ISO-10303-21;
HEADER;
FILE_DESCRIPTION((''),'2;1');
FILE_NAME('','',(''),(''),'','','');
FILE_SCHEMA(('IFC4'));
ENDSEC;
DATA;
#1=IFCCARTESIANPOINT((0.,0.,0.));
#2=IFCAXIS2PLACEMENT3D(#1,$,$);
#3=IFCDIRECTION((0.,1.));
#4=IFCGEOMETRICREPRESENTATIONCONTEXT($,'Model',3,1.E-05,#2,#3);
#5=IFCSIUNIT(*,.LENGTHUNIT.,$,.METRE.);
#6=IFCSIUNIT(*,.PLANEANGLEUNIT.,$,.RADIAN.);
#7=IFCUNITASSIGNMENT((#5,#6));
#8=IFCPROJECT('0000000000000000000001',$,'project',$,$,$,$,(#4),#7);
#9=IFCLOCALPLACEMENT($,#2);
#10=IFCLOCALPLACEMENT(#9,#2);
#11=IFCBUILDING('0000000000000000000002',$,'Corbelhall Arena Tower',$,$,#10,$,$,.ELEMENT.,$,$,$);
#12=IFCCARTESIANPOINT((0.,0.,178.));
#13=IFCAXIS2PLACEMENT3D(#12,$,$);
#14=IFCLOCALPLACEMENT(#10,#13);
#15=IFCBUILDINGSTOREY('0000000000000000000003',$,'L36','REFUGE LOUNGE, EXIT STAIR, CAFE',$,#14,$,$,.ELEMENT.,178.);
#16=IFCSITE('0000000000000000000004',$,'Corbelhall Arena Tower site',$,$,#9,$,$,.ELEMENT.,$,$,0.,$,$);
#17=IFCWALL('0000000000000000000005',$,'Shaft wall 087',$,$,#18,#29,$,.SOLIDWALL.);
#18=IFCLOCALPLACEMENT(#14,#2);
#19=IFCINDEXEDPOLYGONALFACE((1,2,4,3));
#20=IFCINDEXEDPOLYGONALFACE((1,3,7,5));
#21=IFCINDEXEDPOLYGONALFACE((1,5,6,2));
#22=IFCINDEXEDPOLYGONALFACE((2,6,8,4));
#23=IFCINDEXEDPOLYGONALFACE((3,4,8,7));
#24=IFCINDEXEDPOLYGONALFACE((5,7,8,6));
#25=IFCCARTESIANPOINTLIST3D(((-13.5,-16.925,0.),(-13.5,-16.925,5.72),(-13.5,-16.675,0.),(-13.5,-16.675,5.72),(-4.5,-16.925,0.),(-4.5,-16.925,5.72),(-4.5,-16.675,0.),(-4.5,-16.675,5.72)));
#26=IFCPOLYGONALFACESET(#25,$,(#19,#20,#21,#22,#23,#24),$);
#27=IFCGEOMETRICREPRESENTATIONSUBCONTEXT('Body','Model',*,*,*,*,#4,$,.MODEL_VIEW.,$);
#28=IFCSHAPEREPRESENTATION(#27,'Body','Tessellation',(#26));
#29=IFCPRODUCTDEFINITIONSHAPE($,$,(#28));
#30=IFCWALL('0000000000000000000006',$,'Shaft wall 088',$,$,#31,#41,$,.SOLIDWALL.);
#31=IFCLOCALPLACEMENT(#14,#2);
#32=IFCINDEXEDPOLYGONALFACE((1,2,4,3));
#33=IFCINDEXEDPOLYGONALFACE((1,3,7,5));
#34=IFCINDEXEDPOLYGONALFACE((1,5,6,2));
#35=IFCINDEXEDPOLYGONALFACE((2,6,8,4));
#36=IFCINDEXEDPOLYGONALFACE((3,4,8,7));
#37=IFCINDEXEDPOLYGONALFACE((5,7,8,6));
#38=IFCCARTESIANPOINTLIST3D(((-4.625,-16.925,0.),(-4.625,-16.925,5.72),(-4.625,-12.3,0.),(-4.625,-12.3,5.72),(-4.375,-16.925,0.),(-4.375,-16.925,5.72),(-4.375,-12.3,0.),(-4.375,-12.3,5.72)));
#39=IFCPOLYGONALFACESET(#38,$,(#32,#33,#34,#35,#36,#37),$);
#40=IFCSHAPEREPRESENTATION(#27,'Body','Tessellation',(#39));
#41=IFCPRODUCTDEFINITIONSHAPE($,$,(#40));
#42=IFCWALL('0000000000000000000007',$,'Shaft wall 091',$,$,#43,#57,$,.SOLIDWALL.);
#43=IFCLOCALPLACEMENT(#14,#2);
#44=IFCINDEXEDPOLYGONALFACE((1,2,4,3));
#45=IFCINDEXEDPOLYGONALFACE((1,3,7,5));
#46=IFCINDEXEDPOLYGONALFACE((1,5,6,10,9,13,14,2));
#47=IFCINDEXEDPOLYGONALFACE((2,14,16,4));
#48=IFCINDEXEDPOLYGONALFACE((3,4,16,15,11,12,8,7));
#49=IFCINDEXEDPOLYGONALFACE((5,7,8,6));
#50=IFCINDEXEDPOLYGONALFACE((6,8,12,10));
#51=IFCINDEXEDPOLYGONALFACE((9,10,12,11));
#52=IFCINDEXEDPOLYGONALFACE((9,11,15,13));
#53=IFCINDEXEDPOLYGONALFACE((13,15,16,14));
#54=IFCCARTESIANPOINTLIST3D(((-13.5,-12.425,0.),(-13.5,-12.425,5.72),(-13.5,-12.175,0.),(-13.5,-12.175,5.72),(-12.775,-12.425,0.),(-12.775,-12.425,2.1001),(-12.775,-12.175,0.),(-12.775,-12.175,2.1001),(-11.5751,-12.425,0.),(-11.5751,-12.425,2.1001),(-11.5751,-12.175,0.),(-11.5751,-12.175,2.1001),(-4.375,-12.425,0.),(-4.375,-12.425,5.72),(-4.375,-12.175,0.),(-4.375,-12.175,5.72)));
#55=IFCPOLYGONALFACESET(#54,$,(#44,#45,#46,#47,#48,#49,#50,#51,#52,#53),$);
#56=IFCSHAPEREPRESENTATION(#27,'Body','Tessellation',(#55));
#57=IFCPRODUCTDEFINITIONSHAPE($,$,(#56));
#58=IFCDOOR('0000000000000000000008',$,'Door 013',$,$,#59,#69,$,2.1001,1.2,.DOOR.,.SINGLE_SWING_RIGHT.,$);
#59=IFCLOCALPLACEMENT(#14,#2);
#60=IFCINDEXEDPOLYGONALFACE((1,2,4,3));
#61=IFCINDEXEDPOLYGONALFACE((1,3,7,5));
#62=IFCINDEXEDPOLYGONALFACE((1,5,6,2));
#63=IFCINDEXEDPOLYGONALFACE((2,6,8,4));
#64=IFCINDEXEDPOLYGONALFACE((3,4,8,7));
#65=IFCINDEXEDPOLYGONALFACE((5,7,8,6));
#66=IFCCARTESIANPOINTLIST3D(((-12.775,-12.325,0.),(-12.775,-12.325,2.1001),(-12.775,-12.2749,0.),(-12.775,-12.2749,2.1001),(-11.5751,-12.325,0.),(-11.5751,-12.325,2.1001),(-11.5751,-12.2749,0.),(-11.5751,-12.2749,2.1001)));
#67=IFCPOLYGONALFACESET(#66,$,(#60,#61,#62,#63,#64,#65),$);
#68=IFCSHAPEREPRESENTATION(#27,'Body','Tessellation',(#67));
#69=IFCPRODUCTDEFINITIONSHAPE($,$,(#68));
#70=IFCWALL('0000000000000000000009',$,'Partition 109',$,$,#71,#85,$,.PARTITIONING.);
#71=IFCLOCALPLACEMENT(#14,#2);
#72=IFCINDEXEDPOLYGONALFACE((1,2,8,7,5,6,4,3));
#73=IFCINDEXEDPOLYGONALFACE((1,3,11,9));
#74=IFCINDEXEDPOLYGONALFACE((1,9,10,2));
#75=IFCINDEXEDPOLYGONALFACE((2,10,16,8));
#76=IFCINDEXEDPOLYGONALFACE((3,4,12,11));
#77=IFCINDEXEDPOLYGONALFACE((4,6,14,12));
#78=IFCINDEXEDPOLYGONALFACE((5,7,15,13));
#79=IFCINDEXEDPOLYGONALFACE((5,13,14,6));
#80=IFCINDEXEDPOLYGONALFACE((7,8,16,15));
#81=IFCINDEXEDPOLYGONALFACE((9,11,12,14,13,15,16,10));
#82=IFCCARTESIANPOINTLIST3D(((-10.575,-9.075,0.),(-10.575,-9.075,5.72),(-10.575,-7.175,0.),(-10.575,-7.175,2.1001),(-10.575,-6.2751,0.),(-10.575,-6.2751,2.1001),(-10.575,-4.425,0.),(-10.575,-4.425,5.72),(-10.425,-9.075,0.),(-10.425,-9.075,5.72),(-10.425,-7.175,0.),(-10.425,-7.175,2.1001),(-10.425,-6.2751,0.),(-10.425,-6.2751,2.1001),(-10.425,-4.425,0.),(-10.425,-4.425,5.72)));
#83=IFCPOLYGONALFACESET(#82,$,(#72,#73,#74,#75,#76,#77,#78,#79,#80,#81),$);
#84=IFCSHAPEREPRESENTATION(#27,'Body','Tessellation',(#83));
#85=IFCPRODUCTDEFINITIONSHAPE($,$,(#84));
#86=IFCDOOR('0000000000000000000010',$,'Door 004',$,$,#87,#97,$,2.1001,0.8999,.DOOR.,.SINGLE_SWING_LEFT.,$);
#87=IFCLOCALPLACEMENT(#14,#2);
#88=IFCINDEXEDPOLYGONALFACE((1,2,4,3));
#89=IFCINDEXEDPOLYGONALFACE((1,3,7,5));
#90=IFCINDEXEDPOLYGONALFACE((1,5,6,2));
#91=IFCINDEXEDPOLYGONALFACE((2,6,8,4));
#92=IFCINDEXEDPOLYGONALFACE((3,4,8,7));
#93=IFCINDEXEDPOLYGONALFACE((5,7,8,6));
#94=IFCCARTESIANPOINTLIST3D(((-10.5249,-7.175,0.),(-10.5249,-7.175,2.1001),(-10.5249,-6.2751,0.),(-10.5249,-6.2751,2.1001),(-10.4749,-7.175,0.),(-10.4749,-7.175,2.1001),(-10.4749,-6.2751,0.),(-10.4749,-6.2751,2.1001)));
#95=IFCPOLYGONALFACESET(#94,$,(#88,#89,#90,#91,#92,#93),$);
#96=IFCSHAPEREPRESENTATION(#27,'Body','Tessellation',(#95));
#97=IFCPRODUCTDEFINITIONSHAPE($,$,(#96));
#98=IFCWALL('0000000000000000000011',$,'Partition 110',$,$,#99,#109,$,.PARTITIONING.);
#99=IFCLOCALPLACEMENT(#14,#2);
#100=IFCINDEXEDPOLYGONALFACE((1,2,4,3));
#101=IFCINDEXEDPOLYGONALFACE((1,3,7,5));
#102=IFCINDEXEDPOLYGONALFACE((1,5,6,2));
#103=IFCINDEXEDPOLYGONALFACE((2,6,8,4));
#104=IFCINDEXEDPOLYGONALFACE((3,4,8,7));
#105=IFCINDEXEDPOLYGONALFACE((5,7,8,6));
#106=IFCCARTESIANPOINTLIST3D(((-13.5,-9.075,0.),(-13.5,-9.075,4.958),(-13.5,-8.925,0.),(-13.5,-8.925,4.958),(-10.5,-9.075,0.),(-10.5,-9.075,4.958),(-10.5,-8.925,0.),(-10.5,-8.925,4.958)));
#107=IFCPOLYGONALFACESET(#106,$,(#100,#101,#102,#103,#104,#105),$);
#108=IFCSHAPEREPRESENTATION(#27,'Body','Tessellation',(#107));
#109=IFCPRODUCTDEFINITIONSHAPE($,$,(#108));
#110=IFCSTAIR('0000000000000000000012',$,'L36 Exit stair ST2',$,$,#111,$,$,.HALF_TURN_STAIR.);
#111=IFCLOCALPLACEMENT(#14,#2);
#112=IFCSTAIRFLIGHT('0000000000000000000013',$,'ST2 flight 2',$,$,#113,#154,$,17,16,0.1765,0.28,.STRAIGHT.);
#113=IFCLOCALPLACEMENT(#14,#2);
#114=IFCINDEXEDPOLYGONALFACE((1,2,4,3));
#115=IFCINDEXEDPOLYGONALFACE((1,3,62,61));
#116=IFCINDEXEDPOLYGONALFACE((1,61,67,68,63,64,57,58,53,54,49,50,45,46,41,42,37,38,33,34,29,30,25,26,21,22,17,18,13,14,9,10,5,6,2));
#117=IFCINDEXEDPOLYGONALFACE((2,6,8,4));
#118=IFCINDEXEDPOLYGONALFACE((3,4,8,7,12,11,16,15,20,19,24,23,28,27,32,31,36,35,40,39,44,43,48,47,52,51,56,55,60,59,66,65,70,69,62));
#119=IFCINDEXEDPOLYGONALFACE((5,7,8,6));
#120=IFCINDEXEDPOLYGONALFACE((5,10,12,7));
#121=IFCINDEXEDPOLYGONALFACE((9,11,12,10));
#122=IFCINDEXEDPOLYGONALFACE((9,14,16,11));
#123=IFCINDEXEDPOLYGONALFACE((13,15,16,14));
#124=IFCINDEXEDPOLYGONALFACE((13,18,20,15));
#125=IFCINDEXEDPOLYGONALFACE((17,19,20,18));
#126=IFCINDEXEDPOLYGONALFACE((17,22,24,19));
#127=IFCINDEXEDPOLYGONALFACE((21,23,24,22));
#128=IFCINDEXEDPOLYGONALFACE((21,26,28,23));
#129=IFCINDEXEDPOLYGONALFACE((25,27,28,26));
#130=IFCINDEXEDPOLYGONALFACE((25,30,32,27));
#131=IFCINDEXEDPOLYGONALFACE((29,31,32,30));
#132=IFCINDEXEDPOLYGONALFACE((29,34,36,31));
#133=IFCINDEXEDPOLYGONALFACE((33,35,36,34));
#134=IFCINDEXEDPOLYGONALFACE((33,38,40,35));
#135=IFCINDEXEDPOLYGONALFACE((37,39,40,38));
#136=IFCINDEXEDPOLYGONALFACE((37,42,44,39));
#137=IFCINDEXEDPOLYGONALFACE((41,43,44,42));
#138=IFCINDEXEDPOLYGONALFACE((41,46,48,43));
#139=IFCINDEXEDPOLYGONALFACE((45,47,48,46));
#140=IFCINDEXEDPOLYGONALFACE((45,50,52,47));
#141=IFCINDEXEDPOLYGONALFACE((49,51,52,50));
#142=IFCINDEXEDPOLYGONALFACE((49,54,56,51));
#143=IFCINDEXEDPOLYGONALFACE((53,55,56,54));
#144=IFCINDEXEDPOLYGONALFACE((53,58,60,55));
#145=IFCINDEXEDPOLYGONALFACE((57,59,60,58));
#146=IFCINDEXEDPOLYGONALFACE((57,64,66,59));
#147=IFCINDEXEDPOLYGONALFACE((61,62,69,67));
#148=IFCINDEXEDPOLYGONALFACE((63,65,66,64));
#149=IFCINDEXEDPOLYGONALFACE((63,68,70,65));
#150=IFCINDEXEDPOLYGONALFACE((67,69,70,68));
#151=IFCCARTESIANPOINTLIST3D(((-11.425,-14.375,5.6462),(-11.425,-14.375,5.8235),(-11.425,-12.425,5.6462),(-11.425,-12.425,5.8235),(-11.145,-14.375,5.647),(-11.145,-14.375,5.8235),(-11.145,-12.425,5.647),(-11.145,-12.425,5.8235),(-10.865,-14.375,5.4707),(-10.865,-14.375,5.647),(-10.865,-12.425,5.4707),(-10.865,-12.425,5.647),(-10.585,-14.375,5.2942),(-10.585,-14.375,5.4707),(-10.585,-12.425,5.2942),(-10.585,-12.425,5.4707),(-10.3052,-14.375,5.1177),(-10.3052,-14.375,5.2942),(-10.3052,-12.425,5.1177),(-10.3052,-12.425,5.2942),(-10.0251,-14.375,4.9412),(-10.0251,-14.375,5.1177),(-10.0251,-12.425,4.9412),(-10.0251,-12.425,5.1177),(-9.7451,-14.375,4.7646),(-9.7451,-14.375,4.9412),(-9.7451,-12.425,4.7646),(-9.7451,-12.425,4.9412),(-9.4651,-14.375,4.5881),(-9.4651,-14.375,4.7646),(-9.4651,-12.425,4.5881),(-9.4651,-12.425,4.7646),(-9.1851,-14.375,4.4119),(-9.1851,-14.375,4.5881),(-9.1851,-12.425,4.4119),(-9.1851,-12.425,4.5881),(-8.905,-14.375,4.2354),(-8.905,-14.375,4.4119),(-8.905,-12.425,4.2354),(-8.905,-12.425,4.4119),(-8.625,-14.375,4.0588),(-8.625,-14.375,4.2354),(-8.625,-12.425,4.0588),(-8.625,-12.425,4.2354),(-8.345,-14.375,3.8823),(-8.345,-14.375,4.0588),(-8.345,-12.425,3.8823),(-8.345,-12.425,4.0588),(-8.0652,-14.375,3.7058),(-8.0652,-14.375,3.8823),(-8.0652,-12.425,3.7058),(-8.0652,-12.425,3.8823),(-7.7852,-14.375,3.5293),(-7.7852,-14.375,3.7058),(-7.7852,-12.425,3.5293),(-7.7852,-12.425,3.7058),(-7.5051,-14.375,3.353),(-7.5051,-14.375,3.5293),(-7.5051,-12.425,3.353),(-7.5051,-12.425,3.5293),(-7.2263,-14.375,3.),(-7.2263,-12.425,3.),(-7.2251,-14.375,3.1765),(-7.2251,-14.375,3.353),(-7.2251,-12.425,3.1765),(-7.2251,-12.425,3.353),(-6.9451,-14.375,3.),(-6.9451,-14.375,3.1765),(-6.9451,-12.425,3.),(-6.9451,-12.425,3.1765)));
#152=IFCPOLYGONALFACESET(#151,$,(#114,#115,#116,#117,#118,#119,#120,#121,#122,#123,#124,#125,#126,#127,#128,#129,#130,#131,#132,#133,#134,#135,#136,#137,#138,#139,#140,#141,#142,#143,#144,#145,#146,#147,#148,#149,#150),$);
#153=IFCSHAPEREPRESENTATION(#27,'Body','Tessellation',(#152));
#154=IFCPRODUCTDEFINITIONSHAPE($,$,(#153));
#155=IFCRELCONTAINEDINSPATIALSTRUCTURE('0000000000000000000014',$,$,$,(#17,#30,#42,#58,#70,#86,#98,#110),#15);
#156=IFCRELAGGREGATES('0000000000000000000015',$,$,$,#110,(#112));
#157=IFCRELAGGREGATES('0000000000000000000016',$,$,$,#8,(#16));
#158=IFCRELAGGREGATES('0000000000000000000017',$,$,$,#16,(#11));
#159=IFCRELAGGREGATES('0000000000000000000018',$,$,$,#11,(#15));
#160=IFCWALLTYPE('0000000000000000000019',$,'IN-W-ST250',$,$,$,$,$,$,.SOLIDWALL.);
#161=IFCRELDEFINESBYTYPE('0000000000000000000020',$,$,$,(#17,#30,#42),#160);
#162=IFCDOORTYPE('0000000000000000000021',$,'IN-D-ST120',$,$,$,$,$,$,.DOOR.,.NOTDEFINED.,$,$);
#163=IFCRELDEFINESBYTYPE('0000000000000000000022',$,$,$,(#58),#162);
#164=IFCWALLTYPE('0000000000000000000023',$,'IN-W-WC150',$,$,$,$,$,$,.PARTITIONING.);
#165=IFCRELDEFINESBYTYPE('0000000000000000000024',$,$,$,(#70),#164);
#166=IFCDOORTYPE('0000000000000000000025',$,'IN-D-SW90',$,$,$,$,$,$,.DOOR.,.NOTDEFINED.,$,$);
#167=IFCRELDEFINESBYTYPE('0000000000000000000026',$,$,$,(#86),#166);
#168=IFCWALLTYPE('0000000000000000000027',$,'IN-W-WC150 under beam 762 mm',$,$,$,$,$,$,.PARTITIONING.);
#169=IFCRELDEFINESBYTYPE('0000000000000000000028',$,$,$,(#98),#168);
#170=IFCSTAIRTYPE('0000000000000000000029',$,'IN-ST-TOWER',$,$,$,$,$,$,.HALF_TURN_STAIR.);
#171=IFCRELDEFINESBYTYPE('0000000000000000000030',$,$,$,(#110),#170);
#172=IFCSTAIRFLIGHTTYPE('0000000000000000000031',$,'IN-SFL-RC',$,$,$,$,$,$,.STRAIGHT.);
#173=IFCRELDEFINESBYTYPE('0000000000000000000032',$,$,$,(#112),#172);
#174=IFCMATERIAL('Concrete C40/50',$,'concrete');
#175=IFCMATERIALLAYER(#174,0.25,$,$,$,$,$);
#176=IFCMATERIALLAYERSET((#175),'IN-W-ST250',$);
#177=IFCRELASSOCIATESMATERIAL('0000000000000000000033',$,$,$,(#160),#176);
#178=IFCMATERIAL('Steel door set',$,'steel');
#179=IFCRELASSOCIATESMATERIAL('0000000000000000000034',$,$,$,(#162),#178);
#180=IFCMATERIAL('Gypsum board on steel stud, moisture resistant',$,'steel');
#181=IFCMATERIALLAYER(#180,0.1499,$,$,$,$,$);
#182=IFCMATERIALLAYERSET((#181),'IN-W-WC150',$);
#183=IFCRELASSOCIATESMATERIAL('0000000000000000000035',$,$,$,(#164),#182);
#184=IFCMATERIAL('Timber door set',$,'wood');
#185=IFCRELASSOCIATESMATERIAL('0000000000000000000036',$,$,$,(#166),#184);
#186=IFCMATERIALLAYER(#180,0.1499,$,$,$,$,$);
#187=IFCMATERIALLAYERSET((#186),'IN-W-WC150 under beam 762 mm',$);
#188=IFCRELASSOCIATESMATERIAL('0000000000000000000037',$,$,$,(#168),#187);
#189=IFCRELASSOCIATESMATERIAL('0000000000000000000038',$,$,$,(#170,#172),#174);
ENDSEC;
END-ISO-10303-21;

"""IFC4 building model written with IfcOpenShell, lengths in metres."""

from ifc_helpers import new_model, si_unit, direction, frame, frame_2d, origin, place, context, subcontext, project, spatial, polyline, rectangle, outline, extrude, material, layer, layer_set, type_object, element, fill, aggregate, save


model = new_model("IFC4")

# Units and contexts
model_context = context("Model", 3, precision=1e-05, world=origin(), true_north=direction((0.0, 1.0)))
body_context = subcontext(model_context, "Body", "Model", "MODEL_VIEW")
ifc_project = project(units=[si_unit("LENGTHUNIT", "METRE"), si_unit("PLANEANGLEUNIT", "RADIAN")], contexts=[model_context])

# Site, building, storey
site_placement = place(None, origin())
site = spatial("IfcSite", under=ifc_project, at=site_placement, Name="Corbelhall Arena Tower site", CompositionType="ELEMENT", RefElevation=0.0)
building_placement = place(site_placement, origin())
building = spatial("IfcBuilding", under=site, at=building_placement, Name="Corbelhall Arena Tower", CompositionType="ELEMENT")
storey_placement = place(building_placement, frame((0.0, 0.0, 178.0)))
storey = spatial("IfcBuildingStorey", under=building, at=storey_placement, Name="L36", Description="REFUGE LOUNGE, EXIT STAIR, CAFE", CompositionType="ELEMENT", Elevation=178.0)

# Shared definitions
ifc_material_1 = material(Name="Steel door set", Category="steel")

# Shared definitions
ifc_material_2 = material(Name="Concrete C40/50", Category="concrete")

# Walls
ifc_layer_1 = layer(ifc_material_2, 0.25)
ifc_layer_set_1 = layer_set([ifc_layer_1], Name="IN-W-ST250")
wall_type_1 = type_object("IfcWallType", Name="IN-W-ST250", PredefinedType="SOLIDWALL", material=ifc_layer_set_1)
wall_1_placement = place(storey_placement, frame((-4.5, -16.8, 0.0), z_axis=(0.0, 0.0, 1.0), x_axis=(-1.0, 0.0, 0.0)))
element("IfcWall", 1, at=wall_1_placement, inside=storey, type_object=wall_type_1, Name="Shaft wall 087", PredefinedType="SOLIDWALL", context=body_context, shape_type="SweptSolid", body=[
    extrude(rectangle(XDim=9.0, YDim=0.25, at=frame_2d((4.5, 0.0))), origin(), (0.0, 0.0, 1.0), 5.72),
])
wall_2_placement = place(storey_placement, frame((-4.5, -12.3, 0.0), z_axis=(0.0, 0.0, 1.0), x_axis=(0.0, -1.0, 0.0)))
element("IfcWall", 2, at=wall_2_placement, inside=storey, type_object=wall_type_1, Name="Shaft wall 088", PredefinedType="SOLIDWALL", context=body_context, shape_type="SweptSolid", body=[
    extrude(rectangle(XDim=4.625, YDim=0.25, at=frame_2d((2.3125, 0.0))), origin(), (0.0, 0.0, 1.0), 5.72),
])

# Walls, openings, doors
wall_3_placement = place(storey_placement, frame((-4.375, -12.3, 0.0), z_axis=(0.0, 0.0, 1.0), x_axis=(-1.0, 0.0, 0.0)))
wall_3 = element("IfcWall", 3, at=wall_3_placement, inside=storey, type_object=wall_type_1, Name="Shaft wall 091", PredefinedType="SOLIDWALL", context=body_context, shape_type="SweptSolid", body=[
    extrude(rectangle(XDim=9.125, YDim=0.25, at=frame_2d((4.5625, 0.0))), origin(), (0.0, 0.0, 1.0), 5.72),
])
opening_1_placement = place(wall_3_placement, frame((7.2, 0.0, 0.0)))
opening_1 = element("IfcOpeningElement", 4, at=opening_1_placement, cuts=wall_3, PredefinedType="OPENING", context=body_context, shape_type="SweptSolid", body=[
    extrude(rectangle(XDim=1.2, YDim=2.1001, at=frame_2d((0.6001, 1.05))), frame((0.0, 0.125, 0.0), z_axis=(0.0, -1.0, 0.0), x_axis=(1.0, 0.0, 0.0)), (0.0, 0.0, 1.0), 0.25),
])
door_type_1 = type_object("IfcDoorType", Name="IN-D-ST120", OperationType="NOTDEFINED", PredefinedType="DOOR", material=ifc_material_1)
door_1_placement = place(opening_1_placement, origin())
door_1 = element("IfcDoor", 5, at=door_1_placement, inside=storey, type_object=door_type_1, Name="Door 013", OperationType="SINGLE_SWING_RIGHT", OverallHeight=2.1001, OverallWidth=1.2, PredefinedType="DOOR", context=body_context, shape_type="SweptSolid", body=[
    extrude(rectangle(XDim=1.2, YDim=2.1001, at=frame_2d((0.6001, 1.05))), frame((0.0, 0.0249, 0.0), z_axis=(0.0, -1.0, 0.0), x_axis=(1.0, 0.0, 0.0)), (0.0, 0.0, 1.0), 0.05),
])
fill(opening_1, door_1)
ifc_material_3 = material(Name="Gypsum board on steel stud, moisture resistant", Category="steel")
ifc_layer_2 = layer(ifc_material_3, 0.1499)
ifc_layer_set_2 = layer_set([ifc_layer_2], Name="IN-W-WC150")
wall_type_2 = type_object("IfcWallType", Name="IN-W-WC150", PredefinedType="PARTITIONING", material=ifc_layer_set_2)
wall_4_placement = place(storey_placement, frame((-10.5, -9.075, 0.0), z_axis=(0.0, 0.0, 1.0), x_axis=(0.0, 1.0, 0.0)))
wall_4 = element("IfcWall", 6, at=wall_4_placement, inside=storey, type_object=wall_type_2, Name="Partition 109", PredefinedType="PARTITIONING", context=body_context, shape_type="SweptSolid", body=[
    extrude(rectangle(XDim=4.6499, YDim=0.1499, at=frame_2d((2.325, 0.0))), origin(), (0.0, 0.0, 1.0), 5.72),
])
opening_2_placement = place(wall_4_placement, frame((1.8999, 0.0, 0.0)))
opening_2 = element("IfcOpeningElement", 7, at=opening_2_placement, cuts=wall_4, PredefinedType="OPENING", context=body_context, shape_type="SweptSolid", body=[
    extrude(rectangle(XDim=0.8999, YDim=2.1001, at=frame_2d((0.45, 1.05))), frame((0.0, 0.075, 0.0), z_axis=(0.0, -1.0, 0.0), x_axis=(1.0, 0.0, 0.0)), (0.0, 0.0, 1.0), 0.1499),
])
ifc_material_4 = material(Name="Timber door set", Category="wood")
door_type_2 = type_object("IfcDoorType", Name="IN-D-SW90", OperationType="NOTDEFINED", PredefinedType="DOOR", material=ifc_material_4)
door_2_placement = place(opening_2_placement, origin())
door_2 = element("IfcDoor", 8, at=door_2_placement, inside=storey, type_object=door_type_2, Name="Door 004", OperationType="SINGLE_SWING_LEFT", OverallHeight=2.1001, OverallWidth=0.8999, PredefinedType="DOOR", context=body_context, shape_type="SweptSolid", body=[
    extrude(rectangle(XDim=0.8999, YDim=2.1001, at=frame_2d((0.45, 1.05))), frame((0.0, 0.0249, 0.0), z_axis=(0.0, -1.0, 0.0), x_axis=(1.0, 0.0, 0.0)), (0.0, 0.0, 1.0), 0.05),
])
fill(opening_2, door_2)

# Wall
ifc_layer_3 = layer(ifc_material_3, 0.1499)
ifc_layer_set_3 = layer_set([ifc_layer_3], Name="IN-W-WC150 under beam 762 mm")
wall_type_3 = type_object("IfcWallType", Name="IN-W-WC150 under beam 762 mm", PredefinedType="PARTITIONING", material=ifc_layer_set_3)
wall_5_placement = place(storey_placement, frame((-10.5, -9.0, 0.0), z_axis=(0.0, 0.0, 1.0), x_axis=(-1.0, 0.0, 0.0)))
element("IfcWall", 9, at=wall_5_placement, inside=storey, type_object=wall_type_3, Name="Partition 110", PredefinedType="PARTITIONING", context=body_context, shape_type="SweptSolid", body=[
    extrude(rectangle(XDim=3.0, YDim=0.1499, at=frame_2d((1.5, 0.0))), origin(), (0.0, 0.0, 1.0), 4.958),
])

# Stair, stair flight
stair_type = type_object("IfcStairType", Name="IN-ST-TOWER", PredefinedType="HALF_TURN_STAIR", material=ifc_material_2)
stair_placement = place(storey_placement, origin())
stair = element("IfcStair", 10, at=stair_placement, inside=storey, type_object=stair_type, Name="L36 Exit stair ST2", PredefinedType="HALF_TURN_STAIR")
stair_flight_type = type_object("IfcStairFlightType", Name="IN-SFL-RC", PredefinedType="STRAIGHT", material=ifc_material_2)
stair_flight_placement = place(storey_placement, frame((-6.9451, -13.3999, 3.0), z_axis=(0.0, 0.0, 1.0), x_axis=(-1.0, 0.0, 0.0)))
stair_flight = element("IfcStairFlight", 11, at=stair_flight_placement, type_object=stair_flight_type, Name="ST2 flight 2", NumberOfRisers=17, NumberOfTreads=16, PredefinedType="STRAIGHT", RiserHeight=0.1765, TreadLength=0.28, context=body_context, shape_type="SweptSolid", body=[
    extrude(outline(polyline([(0.0, 0.0), (0.0, 0.1765), (0.28, 0.1765), (0.28, 0.353), (0.5601, 0.353), (0.5601, 0.5293), (0.8401, 0.5293), (0.8401, 0.7058), (1.1201, 0.7058), (1.1201, 0.8823), (1.3999, 0.8823), (1.3999, 1.0588), (1.6799, 1.0588), (1.6799, 1.2354), (1.96, 1.2354), (1.96, 1.4119), (2.24, 1.4119), (2.24, 1.5881), (2.52, 1.5881), (2.52, 1.7646), (2.8, 1.7646), (2.8, 1.9412), (3.0801, 1.9412), (3.0801, 2.1177), (3.3601, 2.1177), (3.3601, 2.2942), (3.6399, 2.2942), (3.6399, 2.4707), (3.9199, 2.4707), (3.9199, 2.647), (4.2, 2.647), (4.2, 2.8235), (4.48, 2.8235), (4.48, 3.0), (4.48, 2.6462), (0.2812, 0.0), (0.0, 0.0)])), frame((0.0, 0.9751, 0.0), z_axis=(0.0, -1.0, 0.0), x_axis=(1.0, 0.0, 0.0)), (0.0, 0.0, 1.0), 1.95),
])
aggregate(stair, [stair_flight])

save(model, "model.ifc")
